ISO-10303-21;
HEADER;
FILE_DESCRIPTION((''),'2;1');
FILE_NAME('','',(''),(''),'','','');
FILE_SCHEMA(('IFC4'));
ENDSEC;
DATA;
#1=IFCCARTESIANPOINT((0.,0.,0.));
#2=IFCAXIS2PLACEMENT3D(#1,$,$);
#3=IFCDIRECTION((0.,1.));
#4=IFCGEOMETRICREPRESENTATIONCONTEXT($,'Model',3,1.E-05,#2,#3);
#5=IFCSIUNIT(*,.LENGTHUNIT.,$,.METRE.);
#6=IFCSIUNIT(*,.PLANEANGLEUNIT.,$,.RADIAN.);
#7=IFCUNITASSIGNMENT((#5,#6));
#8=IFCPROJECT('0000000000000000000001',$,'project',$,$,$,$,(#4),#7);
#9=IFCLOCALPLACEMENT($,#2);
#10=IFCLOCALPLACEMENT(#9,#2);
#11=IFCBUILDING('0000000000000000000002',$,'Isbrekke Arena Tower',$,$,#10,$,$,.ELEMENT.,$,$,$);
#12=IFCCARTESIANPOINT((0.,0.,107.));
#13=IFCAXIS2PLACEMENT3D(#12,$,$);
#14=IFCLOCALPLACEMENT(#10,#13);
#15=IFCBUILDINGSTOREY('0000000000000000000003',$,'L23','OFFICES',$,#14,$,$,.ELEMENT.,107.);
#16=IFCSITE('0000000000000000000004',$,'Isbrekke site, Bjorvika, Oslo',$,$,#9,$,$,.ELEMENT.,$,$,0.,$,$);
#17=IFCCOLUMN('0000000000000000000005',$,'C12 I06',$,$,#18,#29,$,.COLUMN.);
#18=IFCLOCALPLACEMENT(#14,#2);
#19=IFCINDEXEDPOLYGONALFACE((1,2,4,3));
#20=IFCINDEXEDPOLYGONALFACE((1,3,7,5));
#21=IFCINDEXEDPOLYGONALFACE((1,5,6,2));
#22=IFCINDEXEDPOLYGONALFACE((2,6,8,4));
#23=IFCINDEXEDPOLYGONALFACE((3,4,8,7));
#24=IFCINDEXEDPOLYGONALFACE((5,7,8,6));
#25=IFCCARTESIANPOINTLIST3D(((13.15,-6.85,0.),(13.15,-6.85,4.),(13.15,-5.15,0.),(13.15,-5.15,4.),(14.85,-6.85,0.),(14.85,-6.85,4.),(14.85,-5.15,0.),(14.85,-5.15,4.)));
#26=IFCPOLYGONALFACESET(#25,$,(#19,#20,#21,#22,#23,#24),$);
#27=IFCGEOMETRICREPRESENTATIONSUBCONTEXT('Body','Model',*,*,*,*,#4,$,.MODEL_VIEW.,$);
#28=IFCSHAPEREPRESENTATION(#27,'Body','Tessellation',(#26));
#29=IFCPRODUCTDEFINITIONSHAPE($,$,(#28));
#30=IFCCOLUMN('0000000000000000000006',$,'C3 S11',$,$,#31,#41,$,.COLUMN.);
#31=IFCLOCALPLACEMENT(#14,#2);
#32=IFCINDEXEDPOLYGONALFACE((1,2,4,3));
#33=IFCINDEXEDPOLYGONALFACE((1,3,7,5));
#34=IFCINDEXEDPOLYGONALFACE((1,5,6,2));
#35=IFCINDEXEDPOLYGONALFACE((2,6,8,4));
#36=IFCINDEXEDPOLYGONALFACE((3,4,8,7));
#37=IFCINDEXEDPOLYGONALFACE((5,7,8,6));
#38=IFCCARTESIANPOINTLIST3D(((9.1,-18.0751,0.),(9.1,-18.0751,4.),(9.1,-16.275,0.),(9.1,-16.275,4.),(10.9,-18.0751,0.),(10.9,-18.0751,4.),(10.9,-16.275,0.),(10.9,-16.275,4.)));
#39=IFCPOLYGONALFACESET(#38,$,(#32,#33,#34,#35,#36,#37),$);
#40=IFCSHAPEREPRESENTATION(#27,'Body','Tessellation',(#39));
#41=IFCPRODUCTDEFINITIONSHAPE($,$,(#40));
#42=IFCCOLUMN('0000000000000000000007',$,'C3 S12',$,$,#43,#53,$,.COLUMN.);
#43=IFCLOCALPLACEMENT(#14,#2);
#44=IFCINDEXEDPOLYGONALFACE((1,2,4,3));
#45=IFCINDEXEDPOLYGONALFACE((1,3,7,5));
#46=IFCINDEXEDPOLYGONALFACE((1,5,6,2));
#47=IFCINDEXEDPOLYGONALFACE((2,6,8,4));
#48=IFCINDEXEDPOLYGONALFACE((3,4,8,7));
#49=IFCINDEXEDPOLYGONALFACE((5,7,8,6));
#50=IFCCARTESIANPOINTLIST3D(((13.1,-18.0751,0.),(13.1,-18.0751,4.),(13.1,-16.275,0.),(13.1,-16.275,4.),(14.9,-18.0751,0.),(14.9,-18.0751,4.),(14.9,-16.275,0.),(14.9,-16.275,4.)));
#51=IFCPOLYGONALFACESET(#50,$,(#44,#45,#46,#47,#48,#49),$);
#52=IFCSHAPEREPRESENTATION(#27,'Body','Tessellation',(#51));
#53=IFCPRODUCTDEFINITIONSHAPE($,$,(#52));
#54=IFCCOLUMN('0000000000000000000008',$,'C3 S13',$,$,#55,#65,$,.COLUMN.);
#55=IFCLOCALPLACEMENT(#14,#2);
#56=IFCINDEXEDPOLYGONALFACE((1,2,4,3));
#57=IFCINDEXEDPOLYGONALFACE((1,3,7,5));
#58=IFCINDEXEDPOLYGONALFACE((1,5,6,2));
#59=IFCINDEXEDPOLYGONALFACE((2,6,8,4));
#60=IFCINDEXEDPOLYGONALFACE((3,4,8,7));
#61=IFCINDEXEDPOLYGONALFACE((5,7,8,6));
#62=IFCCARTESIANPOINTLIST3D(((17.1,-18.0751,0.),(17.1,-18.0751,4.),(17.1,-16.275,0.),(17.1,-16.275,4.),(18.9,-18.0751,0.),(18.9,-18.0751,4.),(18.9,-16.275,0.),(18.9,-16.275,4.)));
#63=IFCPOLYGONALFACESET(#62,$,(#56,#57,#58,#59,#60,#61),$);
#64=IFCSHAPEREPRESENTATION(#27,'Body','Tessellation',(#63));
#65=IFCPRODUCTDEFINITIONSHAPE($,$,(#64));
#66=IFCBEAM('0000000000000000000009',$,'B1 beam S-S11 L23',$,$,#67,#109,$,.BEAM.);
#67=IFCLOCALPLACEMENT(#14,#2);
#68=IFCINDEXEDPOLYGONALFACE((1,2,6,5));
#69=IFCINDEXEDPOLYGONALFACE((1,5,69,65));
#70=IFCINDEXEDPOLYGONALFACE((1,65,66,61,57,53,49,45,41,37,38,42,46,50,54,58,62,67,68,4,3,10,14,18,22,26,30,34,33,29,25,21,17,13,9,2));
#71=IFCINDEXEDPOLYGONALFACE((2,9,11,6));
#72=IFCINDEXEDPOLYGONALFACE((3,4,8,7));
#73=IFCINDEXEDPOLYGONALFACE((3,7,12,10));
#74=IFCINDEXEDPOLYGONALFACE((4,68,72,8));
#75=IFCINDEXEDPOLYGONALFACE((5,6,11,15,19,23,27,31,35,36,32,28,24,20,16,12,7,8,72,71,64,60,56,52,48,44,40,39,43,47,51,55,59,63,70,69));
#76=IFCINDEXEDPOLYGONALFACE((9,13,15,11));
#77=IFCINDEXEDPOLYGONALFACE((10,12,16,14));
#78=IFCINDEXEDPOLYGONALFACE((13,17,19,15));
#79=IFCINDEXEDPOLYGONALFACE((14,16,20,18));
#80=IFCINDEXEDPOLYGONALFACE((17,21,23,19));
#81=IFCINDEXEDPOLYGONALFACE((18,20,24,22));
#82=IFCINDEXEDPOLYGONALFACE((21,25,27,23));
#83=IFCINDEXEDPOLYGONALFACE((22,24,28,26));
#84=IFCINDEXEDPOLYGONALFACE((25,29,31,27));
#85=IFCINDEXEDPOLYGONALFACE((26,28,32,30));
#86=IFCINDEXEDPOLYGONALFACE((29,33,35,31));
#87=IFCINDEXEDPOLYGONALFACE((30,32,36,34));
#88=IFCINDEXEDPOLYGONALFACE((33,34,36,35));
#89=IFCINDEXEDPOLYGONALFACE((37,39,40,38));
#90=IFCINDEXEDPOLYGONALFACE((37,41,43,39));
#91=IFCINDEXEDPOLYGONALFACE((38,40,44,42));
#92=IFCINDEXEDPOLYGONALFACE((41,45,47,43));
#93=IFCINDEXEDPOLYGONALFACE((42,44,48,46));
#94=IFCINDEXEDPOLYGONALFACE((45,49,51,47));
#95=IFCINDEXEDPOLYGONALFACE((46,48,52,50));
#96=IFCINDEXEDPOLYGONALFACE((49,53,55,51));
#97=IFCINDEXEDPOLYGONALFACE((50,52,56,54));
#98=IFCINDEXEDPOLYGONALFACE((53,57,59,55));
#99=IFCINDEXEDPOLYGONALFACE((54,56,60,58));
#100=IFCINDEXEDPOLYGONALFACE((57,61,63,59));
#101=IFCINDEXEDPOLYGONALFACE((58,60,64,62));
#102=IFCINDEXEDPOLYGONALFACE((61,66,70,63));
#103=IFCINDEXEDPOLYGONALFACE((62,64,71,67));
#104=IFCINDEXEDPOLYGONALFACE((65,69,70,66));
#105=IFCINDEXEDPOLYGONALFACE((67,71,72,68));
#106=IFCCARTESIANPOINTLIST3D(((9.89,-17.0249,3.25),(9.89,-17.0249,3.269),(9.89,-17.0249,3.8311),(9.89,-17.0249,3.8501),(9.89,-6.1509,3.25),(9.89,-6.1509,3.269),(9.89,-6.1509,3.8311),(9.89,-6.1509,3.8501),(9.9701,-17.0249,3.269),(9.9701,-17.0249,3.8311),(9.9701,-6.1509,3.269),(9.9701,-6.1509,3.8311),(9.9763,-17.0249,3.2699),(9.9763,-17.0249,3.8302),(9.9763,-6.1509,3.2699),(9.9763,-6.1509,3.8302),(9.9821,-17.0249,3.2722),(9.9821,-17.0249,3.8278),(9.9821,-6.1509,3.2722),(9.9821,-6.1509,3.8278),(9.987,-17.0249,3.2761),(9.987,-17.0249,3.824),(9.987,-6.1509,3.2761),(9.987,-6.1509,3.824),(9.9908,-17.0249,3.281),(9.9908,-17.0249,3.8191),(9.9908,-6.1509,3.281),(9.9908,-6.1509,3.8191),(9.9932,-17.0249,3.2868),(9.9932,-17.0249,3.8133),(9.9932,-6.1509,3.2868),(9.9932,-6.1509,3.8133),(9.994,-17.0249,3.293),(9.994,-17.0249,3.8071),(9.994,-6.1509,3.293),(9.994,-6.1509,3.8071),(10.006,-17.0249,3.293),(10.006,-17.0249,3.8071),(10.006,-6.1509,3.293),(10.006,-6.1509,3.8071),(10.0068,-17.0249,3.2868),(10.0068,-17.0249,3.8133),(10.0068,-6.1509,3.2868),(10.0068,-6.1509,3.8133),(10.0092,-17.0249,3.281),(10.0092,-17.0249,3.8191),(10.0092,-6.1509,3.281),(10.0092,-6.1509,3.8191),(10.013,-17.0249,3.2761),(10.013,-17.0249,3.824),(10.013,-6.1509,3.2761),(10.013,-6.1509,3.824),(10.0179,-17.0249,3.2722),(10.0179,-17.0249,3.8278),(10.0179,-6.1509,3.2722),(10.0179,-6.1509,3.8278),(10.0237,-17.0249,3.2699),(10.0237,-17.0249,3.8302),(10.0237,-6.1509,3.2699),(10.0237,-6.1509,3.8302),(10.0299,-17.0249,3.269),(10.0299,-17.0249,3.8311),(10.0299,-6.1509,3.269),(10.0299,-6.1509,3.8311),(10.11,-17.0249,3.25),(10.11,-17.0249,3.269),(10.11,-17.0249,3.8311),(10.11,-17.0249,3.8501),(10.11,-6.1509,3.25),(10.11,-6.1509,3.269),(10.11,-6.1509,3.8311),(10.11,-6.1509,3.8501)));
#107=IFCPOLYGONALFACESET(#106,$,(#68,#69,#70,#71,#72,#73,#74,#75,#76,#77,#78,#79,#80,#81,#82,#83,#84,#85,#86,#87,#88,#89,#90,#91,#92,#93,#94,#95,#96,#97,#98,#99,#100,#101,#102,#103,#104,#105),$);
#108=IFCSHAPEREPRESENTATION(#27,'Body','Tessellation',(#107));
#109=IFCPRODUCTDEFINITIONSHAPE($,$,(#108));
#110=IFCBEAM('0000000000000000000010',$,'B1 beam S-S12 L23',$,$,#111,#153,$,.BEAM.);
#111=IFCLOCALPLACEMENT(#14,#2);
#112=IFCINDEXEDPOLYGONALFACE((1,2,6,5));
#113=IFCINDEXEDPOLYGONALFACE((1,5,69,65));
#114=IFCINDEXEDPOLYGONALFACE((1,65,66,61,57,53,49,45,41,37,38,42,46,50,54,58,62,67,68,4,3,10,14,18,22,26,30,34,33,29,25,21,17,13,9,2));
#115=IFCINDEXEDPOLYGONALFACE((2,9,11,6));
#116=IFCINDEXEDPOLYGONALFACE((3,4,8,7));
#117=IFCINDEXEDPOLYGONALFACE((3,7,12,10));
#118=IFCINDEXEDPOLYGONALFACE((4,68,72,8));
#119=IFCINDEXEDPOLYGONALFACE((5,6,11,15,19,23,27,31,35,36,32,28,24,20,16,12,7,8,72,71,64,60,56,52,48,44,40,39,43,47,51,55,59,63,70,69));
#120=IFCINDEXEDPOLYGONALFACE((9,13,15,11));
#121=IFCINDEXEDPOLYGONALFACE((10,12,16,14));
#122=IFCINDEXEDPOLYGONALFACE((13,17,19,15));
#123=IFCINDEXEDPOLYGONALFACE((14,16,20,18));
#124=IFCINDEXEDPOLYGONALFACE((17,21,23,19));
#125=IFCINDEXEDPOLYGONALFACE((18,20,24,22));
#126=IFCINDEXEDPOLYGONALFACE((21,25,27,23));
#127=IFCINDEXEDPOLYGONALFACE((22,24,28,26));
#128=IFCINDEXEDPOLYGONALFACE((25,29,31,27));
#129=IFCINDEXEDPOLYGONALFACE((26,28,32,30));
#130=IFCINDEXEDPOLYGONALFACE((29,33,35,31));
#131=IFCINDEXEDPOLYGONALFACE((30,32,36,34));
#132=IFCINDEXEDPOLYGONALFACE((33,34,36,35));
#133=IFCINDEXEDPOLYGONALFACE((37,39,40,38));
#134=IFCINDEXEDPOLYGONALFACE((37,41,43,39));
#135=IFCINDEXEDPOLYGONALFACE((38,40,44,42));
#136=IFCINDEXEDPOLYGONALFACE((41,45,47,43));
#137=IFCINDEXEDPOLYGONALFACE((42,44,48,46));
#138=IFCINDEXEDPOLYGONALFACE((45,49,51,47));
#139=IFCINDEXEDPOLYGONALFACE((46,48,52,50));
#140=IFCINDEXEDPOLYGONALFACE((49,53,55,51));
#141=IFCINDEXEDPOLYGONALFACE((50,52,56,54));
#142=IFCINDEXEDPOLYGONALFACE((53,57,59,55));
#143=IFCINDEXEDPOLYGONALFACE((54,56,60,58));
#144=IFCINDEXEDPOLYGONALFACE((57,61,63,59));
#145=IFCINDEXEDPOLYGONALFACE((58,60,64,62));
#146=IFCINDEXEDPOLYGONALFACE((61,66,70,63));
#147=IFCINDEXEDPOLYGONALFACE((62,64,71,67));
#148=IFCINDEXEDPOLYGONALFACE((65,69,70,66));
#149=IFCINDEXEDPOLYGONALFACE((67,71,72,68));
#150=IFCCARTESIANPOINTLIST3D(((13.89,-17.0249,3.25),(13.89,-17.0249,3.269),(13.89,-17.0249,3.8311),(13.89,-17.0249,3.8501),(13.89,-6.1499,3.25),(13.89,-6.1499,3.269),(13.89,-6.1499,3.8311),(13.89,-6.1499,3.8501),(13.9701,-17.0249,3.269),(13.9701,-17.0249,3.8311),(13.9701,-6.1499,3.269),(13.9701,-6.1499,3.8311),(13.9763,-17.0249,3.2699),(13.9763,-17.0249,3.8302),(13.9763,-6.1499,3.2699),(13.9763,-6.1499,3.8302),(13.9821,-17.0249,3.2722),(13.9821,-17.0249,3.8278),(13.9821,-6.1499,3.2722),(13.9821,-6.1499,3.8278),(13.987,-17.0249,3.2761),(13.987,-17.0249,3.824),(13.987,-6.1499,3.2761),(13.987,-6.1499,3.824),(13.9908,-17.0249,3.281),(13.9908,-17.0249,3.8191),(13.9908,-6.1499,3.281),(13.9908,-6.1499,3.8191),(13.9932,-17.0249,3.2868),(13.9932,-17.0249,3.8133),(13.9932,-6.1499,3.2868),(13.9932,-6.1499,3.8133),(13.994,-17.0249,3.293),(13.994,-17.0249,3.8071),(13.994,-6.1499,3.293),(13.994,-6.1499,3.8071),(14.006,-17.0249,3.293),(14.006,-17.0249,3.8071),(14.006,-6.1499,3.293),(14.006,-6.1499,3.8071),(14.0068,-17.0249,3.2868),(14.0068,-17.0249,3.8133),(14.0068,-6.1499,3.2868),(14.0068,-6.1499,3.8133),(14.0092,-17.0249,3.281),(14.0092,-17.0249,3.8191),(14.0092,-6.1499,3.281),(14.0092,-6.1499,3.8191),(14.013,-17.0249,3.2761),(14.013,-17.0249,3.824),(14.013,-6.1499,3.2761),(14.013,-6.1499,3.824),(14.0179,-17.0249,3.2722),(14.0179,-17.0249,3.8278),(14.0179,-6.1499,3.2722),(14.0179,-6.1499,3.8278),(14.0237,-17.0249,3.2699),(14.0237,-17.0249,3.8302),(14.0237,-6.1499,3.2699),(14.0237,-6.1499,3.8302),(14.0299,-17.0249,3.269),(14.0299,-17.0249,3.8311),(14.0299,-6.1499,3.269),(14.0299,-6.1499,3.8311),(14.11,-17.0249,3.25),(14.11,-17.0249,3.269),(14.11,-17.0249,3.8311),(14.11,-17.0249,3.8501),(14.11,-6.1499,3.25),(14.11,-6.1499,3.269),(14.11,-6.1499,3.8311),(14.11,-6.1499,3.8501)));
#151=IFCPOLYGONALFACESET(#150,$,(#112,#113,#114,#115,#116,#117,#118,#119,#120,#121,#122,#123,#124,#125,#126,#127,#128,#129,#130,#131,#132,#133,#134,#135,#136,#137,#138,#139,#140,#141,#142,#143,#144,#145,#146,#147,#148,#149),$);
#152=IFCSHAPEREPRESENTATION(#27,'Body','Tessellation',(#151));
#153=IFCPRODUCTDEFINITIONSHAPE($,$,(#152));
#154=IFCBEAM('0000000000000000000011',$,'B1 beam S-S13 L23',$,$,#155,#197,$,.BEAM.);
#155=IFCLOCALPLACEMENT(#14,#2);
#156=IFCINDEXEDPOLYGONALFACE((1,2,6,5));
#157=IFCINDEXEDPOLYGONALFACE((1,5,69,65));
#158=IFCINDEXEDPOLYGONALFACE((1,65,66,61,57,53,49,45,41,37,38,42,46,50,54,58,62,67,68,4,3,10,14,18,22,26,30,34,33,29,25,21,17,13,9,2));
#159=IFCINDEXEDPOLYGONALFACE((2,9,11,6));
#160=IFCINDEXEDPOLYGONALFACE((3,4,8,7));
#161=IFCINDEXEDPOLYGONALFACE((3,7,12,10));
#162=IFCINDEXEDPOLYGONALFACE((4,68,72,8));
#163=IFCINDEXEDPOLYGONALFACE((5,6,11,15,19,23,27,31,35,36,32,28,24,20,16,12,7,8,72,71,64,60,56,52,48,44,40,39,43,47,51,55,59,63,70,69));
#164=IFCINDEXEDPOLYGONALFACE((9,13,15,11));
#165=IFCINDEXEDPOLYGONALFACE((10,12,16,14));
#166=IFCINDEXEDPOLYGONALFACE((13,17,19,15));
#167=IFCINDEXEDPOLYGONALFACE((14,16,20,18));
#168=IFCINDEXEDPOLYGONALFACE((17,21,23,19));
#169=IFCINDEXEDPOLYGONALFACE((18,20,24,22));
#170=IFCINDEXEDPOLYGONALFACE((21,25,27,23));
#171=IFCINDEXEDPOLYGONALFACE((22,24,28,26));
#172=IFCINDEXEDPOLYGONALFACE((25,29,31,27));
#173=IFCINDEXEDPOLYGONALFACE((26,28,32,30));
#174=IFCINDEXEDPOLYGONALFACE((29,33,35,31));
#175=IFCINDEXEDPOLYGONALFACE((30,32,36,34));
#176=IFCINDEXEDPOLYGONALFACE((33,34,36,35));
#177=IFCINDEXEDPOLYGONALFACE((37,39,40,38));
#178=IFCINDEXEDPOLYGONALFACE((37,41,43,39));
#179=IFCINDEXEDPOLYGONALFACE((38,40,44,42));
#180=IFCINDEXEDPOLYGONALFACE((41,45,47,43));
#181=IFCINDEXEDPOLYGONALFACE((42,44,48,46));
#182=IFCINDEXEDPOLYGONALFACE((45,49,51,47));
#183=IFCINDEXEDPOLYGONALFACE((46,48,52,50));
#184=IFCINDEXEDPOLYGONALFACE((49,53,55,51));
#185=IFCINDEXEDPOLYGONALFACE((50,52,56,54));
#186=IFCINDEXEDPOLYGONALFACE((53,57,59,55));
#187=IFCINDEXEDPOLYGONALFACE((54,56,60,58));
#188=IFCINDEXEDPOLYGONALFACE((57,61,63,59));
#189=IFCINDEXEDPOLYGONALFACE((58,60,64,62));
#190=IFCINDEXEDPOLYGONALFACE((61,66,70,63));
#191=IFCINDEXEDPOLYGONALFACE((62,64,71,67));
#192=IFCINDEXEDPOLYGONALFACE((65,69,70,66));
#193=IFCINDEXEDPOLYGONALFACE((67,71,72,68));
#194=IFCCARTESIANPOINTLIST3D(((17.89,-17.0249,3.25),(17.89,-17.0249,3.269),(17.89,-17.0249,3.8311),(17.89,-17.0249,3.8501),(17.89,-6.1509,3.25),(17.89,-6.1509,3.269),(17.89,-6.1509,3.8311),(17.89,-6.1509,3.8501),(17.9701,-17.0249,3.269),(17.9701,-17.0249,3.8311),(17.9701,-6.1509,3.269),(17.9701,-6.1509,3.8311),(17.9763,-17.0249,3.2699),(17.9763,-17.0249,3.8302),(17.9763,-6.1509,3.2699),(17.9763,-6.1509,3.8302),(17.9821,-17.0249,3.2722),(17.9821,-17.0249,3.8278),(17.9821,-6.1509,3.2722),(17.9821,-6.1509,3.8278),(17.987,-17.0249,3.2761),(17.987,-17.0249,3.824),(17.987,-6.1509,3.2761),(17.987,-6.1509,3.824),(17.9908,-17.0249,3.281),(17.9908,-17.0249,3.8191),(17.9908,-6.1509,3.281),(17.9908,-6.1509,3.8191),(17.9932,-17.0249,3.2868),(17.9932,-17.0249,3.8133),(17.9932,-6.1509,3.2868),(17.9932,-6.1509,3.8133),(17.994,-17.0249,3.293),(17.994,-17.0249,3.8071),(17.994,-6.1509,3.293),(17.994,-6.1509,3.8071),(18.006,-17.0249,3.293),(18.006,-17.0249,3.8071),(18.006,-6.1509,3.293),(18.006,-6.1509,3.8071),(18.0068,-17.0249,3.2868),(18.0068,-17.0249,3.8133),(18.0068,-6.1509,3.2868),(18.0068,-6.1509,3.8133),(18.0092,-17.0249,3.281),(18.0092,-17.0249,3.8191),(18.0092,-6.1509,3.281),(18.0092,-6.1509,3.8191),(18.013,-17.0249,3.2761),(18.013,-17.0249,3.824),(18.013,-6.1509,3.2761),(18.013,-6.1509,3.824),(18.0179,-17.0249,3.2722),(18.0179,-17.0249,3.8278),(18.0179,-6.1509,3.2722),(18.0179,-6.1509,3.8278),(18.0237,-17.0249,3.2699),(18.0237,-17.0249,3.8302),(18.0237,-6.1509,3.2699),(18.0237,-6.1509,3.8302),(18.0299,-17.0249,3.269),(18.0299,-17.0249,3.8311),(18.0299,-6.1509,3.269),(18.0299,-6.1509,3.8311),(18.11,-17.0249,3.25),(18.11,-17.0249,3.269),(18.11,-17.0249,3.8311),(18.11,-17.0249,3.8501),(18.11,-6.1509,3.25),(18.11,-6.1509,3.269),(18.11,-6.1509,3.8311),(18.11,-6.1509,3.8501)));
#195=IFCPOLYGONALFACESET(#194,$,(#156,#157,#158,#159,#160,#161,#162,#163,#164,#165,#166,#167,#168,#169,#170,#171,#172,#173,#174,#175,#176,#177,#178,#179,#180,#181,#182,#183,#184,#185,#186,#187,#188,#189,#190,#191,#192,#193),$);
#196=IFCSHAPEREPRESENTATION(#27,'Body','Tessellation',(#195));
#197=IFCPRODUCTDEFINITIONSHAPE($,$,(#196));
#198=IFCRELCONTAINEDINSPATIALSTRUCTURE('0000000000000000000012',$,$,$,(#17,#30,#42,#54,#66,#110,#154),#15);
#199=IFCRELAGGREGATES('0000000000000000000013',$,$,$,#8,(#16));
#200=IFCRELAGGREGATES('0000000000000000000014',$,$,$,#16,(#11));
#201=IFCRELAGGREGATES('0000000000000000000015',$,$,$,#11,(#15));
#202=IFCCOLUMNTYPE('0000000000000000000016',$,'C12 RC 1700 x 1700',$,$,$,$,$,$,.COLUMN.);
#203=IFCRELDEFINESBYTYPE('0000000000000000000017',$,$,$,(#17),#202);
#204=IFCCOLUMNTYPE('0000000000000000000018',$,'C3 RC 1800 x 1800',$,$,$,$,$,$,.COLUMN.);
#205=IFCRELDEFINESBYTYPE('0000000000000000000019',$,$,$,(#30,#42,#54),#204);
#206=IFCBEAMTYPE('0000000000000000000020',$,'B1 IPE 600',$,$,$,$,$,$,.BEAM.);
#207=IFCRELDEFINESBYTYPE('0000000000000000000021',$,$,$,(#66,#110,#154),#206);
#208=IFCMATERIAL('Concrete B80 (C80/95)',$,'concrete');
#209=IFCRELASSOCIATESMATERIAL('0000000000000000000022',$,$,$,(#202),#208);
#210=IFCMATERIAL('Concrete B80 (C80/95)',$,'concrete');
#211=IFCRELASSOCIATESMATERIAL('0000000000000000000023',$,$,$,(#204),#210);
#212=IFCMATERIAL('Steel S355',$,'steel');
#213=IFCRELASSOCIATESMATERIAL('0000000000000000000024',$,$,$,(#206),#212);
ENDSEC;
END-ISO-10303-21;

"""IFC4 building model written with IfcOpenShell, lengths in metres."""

from ifc_helpers import new_model, si_unit, direction, frame, origin, origin_2d, place, context, subcontext, project, spatial, rectangle, i_section, extrude, material, material_profile, profile_set, type_object, element, save


model = new_model("IFC4")

# Units and contexts
model_context = context("Model", 3, precision=1e-05, world=origin(), true_north=direction((0.0, 1.0)))
body_context = subcontext(model_context, "Body", "Model", "MODEL_VIEW")
ifc_project = project(units=[si_unit("LENGTHUNIT", "METRE"), si_unit("PLANEANGLEUNIT", "RADIAN")], contexts=[model_context])

# Site, building, storey
site_placement = place(None, origin())
site = spatial("IfcSite", under=ifc_project, at=site_placement, Name="Isbrekke site, Bjorvika, Oslo", CompositionType="ELEMENT", RefElevation=0.0)
building_placement = place(site_placement, origin())
building = spatial("IfcBuilding", under=site, at=building_placement, Name="Isbrekke Arena Tower", CompositionType="ELEMENT")
storey_placement = place(building_placement, frame((0.0, 0.0, 107.0)))
storey = spatial("IfcBuildingStorey", under=building, at=storey_placement, Name="L23", Description="OFFICES", CompositionType="ELEMENT", Elevation=107.0)

# Columns
ifc_material_1 = material(Name="Concrete B80 (C80/95)", Category="concrete")
ifc_material_profile_1 = material_profile(ifc_material_1, rectangle(XDim=1.7, YDim=1.7, at=origin_2d()), Name="RC 1700x1700")
ifc_profile_set_1 = profile_set([ifc_material_profile_1], Name="Concrete B80 (C80/95)")
column_type_1 = type_object("IfcColumnType", Name="C12 RC 1700 x 1700", PredefinedType="COLUMN", material=ifc_profile_set_1)
column_placement = place(storey_placement, frame((14.0, -6.0, 0.0), z_axis=(0.0, 0.0, 1.0), x_axis=(1.0, 0.0, 0.0)))
element("IfcColumn", 1, at=column_placement, inside=storey, type_object=column_type_1, Name="C12 I06", PredefinedType="COLUMN", context=body_context, shape_type="SweptSolid", body=[
    extrude(rectangle(XDim=1.7, YDim=1.7, at=origin_2d()), origin(), (0.0, 0.0, 1.0), 4.0),
])
ifc_material_2 = material(Name="Concrete B80 (C80/95)", Category="concrete")
ifc_material_profile_2 = material_profile(ifc_material_2, rectangle(XDim=1.8, YDim=1.8, at=origin_2d()), Name="RC 1800x1800")
ifc_profile_set_2 = profile_set([ifc_material_profile_2], Name="Concrete B80 (C80/95)")
column_type_2 = type_object("IfcColumnType", Name="C3 RC 1800 x 1800", PredefinedType="COLUMN", material=ifc_profile_set_2)
for number, where, z_axis, x_axis, name in (
    (2, (10.0, -17.175, 0.0), (0.0, 0.0, 1.0), (1.0, 0.0, 0.0), "C3 S11"),
    (3, (14.0, -17.175, 0.0), (0.0, 0.0, 1.0), (1.0, 0.0, 0.0), "C3 S12"),
    (4, (18.0, -17.175, 0.0), (0.0, 0.0, 1.0), (1.0, 0.0, 0.0), "C3 S13"),
):
    element("IfcColumn", number, at=place(storey_placement, frame(where, z_axis=z_axis, x_axis=x_axis)), inside=storey, type_object=column_type_2, Name=name, PredefinedType="COLUMN", context=body_context, shape_type="SweptSolid", body=[
        extrude(rectangle(XDim=1.8, YDim=1.8, at=origin_2d()), origin(), (0.0, 0.0, 1.0), 4.0),
    ])

# Beams
ifc_material_3 = material(Name="Steel S355", Category="steel")
ifc_material_profile_3 = material_profile(ifc_material_3, i_section(OverallWidth=0.22, OverallDepth=0.6001, WebThickness=0.012, FlangeThickness=0.019, FilletRadius=0.0239, at=origin_2d()), Name="IPE 600")
ifc_profile_set_3 = profile_set([ifc_material_profile_3], Name="Steel S355")
beam_type_1 = type_object("IfcBeamType", Name="B1 IPE 600", PredefinedType="BEAM", material=ifc_profile_set_3)
beam_1_placement = place(storey_placement, frame((10.0, -17.0249, 3.55), z_axis=(0.0, 1.0, 0.0), x_axis=(-1.0, 0.0, 0.0)))
element("IfcBeam", 5, at=beam_1_placement, inside=storey, type_object=beam_type_1, Name="B1 beam S-S11 L23", PredefinedType="BEAM", context=body_context, shape_type="SweptSolid", body=[
    extrude(i_section(OverallWidth=0.22, OverallDepth=0.6001, WebThickness=0.012, FlangeThickness=0.019, FilletRadius=0.0239, at=origin_2d()), origin(), (0.0, 0.0, 1.0), 10.874),
])
beam_2_placement = place(storey_placement, frame((14.0, -17.0249, 3.55), z_axis=(0.0, 1.0, 0.0), x_axis=(-1.0, 0.0, 0.0)))
element("IfcBeam", 6, at=beam_2_placement, inside=storey, type_object=beam_type_1, Name="B1 beam S-S12 L23", PredefinedType="BEAM", context=body_context, shape_type="SweptSolid", body=[
    extrude(i_section(OverallWidth=0.22, OverallDepth=0.6001, WebThickness=0.012, FlangeThickness=0.019, FilletRadius=0.0239, at=origin_2d()), origin(), (0.0, 0.0, 1.0), 10.875),
])
beam_3_placement = place(storey_placement, frame((18.0, -17.0249, 3.55), z_axis=(0.0, 1.0, 0.0), x_axis=(-1.0, 0.0, 0.0)))
element("IfcBeam", 7, at=beam_3_placement, inside=storey, type_object=beam_type_1, Name="B1 beam S-S13 L23", PredefinedType="BEAM", context=body_context, shape_type="SweptSolid", body=[
    extrude(i_section(OverallWidth=0.22, OverallDepth=0.6001, WebThickness=0.012, FlangeThickness=0.019, FilletRadius=0.0239, at=origin_2d()), origin(), (0.0, 0.0, 1.0), 10.874),
])

save(model, "model.ifc")
